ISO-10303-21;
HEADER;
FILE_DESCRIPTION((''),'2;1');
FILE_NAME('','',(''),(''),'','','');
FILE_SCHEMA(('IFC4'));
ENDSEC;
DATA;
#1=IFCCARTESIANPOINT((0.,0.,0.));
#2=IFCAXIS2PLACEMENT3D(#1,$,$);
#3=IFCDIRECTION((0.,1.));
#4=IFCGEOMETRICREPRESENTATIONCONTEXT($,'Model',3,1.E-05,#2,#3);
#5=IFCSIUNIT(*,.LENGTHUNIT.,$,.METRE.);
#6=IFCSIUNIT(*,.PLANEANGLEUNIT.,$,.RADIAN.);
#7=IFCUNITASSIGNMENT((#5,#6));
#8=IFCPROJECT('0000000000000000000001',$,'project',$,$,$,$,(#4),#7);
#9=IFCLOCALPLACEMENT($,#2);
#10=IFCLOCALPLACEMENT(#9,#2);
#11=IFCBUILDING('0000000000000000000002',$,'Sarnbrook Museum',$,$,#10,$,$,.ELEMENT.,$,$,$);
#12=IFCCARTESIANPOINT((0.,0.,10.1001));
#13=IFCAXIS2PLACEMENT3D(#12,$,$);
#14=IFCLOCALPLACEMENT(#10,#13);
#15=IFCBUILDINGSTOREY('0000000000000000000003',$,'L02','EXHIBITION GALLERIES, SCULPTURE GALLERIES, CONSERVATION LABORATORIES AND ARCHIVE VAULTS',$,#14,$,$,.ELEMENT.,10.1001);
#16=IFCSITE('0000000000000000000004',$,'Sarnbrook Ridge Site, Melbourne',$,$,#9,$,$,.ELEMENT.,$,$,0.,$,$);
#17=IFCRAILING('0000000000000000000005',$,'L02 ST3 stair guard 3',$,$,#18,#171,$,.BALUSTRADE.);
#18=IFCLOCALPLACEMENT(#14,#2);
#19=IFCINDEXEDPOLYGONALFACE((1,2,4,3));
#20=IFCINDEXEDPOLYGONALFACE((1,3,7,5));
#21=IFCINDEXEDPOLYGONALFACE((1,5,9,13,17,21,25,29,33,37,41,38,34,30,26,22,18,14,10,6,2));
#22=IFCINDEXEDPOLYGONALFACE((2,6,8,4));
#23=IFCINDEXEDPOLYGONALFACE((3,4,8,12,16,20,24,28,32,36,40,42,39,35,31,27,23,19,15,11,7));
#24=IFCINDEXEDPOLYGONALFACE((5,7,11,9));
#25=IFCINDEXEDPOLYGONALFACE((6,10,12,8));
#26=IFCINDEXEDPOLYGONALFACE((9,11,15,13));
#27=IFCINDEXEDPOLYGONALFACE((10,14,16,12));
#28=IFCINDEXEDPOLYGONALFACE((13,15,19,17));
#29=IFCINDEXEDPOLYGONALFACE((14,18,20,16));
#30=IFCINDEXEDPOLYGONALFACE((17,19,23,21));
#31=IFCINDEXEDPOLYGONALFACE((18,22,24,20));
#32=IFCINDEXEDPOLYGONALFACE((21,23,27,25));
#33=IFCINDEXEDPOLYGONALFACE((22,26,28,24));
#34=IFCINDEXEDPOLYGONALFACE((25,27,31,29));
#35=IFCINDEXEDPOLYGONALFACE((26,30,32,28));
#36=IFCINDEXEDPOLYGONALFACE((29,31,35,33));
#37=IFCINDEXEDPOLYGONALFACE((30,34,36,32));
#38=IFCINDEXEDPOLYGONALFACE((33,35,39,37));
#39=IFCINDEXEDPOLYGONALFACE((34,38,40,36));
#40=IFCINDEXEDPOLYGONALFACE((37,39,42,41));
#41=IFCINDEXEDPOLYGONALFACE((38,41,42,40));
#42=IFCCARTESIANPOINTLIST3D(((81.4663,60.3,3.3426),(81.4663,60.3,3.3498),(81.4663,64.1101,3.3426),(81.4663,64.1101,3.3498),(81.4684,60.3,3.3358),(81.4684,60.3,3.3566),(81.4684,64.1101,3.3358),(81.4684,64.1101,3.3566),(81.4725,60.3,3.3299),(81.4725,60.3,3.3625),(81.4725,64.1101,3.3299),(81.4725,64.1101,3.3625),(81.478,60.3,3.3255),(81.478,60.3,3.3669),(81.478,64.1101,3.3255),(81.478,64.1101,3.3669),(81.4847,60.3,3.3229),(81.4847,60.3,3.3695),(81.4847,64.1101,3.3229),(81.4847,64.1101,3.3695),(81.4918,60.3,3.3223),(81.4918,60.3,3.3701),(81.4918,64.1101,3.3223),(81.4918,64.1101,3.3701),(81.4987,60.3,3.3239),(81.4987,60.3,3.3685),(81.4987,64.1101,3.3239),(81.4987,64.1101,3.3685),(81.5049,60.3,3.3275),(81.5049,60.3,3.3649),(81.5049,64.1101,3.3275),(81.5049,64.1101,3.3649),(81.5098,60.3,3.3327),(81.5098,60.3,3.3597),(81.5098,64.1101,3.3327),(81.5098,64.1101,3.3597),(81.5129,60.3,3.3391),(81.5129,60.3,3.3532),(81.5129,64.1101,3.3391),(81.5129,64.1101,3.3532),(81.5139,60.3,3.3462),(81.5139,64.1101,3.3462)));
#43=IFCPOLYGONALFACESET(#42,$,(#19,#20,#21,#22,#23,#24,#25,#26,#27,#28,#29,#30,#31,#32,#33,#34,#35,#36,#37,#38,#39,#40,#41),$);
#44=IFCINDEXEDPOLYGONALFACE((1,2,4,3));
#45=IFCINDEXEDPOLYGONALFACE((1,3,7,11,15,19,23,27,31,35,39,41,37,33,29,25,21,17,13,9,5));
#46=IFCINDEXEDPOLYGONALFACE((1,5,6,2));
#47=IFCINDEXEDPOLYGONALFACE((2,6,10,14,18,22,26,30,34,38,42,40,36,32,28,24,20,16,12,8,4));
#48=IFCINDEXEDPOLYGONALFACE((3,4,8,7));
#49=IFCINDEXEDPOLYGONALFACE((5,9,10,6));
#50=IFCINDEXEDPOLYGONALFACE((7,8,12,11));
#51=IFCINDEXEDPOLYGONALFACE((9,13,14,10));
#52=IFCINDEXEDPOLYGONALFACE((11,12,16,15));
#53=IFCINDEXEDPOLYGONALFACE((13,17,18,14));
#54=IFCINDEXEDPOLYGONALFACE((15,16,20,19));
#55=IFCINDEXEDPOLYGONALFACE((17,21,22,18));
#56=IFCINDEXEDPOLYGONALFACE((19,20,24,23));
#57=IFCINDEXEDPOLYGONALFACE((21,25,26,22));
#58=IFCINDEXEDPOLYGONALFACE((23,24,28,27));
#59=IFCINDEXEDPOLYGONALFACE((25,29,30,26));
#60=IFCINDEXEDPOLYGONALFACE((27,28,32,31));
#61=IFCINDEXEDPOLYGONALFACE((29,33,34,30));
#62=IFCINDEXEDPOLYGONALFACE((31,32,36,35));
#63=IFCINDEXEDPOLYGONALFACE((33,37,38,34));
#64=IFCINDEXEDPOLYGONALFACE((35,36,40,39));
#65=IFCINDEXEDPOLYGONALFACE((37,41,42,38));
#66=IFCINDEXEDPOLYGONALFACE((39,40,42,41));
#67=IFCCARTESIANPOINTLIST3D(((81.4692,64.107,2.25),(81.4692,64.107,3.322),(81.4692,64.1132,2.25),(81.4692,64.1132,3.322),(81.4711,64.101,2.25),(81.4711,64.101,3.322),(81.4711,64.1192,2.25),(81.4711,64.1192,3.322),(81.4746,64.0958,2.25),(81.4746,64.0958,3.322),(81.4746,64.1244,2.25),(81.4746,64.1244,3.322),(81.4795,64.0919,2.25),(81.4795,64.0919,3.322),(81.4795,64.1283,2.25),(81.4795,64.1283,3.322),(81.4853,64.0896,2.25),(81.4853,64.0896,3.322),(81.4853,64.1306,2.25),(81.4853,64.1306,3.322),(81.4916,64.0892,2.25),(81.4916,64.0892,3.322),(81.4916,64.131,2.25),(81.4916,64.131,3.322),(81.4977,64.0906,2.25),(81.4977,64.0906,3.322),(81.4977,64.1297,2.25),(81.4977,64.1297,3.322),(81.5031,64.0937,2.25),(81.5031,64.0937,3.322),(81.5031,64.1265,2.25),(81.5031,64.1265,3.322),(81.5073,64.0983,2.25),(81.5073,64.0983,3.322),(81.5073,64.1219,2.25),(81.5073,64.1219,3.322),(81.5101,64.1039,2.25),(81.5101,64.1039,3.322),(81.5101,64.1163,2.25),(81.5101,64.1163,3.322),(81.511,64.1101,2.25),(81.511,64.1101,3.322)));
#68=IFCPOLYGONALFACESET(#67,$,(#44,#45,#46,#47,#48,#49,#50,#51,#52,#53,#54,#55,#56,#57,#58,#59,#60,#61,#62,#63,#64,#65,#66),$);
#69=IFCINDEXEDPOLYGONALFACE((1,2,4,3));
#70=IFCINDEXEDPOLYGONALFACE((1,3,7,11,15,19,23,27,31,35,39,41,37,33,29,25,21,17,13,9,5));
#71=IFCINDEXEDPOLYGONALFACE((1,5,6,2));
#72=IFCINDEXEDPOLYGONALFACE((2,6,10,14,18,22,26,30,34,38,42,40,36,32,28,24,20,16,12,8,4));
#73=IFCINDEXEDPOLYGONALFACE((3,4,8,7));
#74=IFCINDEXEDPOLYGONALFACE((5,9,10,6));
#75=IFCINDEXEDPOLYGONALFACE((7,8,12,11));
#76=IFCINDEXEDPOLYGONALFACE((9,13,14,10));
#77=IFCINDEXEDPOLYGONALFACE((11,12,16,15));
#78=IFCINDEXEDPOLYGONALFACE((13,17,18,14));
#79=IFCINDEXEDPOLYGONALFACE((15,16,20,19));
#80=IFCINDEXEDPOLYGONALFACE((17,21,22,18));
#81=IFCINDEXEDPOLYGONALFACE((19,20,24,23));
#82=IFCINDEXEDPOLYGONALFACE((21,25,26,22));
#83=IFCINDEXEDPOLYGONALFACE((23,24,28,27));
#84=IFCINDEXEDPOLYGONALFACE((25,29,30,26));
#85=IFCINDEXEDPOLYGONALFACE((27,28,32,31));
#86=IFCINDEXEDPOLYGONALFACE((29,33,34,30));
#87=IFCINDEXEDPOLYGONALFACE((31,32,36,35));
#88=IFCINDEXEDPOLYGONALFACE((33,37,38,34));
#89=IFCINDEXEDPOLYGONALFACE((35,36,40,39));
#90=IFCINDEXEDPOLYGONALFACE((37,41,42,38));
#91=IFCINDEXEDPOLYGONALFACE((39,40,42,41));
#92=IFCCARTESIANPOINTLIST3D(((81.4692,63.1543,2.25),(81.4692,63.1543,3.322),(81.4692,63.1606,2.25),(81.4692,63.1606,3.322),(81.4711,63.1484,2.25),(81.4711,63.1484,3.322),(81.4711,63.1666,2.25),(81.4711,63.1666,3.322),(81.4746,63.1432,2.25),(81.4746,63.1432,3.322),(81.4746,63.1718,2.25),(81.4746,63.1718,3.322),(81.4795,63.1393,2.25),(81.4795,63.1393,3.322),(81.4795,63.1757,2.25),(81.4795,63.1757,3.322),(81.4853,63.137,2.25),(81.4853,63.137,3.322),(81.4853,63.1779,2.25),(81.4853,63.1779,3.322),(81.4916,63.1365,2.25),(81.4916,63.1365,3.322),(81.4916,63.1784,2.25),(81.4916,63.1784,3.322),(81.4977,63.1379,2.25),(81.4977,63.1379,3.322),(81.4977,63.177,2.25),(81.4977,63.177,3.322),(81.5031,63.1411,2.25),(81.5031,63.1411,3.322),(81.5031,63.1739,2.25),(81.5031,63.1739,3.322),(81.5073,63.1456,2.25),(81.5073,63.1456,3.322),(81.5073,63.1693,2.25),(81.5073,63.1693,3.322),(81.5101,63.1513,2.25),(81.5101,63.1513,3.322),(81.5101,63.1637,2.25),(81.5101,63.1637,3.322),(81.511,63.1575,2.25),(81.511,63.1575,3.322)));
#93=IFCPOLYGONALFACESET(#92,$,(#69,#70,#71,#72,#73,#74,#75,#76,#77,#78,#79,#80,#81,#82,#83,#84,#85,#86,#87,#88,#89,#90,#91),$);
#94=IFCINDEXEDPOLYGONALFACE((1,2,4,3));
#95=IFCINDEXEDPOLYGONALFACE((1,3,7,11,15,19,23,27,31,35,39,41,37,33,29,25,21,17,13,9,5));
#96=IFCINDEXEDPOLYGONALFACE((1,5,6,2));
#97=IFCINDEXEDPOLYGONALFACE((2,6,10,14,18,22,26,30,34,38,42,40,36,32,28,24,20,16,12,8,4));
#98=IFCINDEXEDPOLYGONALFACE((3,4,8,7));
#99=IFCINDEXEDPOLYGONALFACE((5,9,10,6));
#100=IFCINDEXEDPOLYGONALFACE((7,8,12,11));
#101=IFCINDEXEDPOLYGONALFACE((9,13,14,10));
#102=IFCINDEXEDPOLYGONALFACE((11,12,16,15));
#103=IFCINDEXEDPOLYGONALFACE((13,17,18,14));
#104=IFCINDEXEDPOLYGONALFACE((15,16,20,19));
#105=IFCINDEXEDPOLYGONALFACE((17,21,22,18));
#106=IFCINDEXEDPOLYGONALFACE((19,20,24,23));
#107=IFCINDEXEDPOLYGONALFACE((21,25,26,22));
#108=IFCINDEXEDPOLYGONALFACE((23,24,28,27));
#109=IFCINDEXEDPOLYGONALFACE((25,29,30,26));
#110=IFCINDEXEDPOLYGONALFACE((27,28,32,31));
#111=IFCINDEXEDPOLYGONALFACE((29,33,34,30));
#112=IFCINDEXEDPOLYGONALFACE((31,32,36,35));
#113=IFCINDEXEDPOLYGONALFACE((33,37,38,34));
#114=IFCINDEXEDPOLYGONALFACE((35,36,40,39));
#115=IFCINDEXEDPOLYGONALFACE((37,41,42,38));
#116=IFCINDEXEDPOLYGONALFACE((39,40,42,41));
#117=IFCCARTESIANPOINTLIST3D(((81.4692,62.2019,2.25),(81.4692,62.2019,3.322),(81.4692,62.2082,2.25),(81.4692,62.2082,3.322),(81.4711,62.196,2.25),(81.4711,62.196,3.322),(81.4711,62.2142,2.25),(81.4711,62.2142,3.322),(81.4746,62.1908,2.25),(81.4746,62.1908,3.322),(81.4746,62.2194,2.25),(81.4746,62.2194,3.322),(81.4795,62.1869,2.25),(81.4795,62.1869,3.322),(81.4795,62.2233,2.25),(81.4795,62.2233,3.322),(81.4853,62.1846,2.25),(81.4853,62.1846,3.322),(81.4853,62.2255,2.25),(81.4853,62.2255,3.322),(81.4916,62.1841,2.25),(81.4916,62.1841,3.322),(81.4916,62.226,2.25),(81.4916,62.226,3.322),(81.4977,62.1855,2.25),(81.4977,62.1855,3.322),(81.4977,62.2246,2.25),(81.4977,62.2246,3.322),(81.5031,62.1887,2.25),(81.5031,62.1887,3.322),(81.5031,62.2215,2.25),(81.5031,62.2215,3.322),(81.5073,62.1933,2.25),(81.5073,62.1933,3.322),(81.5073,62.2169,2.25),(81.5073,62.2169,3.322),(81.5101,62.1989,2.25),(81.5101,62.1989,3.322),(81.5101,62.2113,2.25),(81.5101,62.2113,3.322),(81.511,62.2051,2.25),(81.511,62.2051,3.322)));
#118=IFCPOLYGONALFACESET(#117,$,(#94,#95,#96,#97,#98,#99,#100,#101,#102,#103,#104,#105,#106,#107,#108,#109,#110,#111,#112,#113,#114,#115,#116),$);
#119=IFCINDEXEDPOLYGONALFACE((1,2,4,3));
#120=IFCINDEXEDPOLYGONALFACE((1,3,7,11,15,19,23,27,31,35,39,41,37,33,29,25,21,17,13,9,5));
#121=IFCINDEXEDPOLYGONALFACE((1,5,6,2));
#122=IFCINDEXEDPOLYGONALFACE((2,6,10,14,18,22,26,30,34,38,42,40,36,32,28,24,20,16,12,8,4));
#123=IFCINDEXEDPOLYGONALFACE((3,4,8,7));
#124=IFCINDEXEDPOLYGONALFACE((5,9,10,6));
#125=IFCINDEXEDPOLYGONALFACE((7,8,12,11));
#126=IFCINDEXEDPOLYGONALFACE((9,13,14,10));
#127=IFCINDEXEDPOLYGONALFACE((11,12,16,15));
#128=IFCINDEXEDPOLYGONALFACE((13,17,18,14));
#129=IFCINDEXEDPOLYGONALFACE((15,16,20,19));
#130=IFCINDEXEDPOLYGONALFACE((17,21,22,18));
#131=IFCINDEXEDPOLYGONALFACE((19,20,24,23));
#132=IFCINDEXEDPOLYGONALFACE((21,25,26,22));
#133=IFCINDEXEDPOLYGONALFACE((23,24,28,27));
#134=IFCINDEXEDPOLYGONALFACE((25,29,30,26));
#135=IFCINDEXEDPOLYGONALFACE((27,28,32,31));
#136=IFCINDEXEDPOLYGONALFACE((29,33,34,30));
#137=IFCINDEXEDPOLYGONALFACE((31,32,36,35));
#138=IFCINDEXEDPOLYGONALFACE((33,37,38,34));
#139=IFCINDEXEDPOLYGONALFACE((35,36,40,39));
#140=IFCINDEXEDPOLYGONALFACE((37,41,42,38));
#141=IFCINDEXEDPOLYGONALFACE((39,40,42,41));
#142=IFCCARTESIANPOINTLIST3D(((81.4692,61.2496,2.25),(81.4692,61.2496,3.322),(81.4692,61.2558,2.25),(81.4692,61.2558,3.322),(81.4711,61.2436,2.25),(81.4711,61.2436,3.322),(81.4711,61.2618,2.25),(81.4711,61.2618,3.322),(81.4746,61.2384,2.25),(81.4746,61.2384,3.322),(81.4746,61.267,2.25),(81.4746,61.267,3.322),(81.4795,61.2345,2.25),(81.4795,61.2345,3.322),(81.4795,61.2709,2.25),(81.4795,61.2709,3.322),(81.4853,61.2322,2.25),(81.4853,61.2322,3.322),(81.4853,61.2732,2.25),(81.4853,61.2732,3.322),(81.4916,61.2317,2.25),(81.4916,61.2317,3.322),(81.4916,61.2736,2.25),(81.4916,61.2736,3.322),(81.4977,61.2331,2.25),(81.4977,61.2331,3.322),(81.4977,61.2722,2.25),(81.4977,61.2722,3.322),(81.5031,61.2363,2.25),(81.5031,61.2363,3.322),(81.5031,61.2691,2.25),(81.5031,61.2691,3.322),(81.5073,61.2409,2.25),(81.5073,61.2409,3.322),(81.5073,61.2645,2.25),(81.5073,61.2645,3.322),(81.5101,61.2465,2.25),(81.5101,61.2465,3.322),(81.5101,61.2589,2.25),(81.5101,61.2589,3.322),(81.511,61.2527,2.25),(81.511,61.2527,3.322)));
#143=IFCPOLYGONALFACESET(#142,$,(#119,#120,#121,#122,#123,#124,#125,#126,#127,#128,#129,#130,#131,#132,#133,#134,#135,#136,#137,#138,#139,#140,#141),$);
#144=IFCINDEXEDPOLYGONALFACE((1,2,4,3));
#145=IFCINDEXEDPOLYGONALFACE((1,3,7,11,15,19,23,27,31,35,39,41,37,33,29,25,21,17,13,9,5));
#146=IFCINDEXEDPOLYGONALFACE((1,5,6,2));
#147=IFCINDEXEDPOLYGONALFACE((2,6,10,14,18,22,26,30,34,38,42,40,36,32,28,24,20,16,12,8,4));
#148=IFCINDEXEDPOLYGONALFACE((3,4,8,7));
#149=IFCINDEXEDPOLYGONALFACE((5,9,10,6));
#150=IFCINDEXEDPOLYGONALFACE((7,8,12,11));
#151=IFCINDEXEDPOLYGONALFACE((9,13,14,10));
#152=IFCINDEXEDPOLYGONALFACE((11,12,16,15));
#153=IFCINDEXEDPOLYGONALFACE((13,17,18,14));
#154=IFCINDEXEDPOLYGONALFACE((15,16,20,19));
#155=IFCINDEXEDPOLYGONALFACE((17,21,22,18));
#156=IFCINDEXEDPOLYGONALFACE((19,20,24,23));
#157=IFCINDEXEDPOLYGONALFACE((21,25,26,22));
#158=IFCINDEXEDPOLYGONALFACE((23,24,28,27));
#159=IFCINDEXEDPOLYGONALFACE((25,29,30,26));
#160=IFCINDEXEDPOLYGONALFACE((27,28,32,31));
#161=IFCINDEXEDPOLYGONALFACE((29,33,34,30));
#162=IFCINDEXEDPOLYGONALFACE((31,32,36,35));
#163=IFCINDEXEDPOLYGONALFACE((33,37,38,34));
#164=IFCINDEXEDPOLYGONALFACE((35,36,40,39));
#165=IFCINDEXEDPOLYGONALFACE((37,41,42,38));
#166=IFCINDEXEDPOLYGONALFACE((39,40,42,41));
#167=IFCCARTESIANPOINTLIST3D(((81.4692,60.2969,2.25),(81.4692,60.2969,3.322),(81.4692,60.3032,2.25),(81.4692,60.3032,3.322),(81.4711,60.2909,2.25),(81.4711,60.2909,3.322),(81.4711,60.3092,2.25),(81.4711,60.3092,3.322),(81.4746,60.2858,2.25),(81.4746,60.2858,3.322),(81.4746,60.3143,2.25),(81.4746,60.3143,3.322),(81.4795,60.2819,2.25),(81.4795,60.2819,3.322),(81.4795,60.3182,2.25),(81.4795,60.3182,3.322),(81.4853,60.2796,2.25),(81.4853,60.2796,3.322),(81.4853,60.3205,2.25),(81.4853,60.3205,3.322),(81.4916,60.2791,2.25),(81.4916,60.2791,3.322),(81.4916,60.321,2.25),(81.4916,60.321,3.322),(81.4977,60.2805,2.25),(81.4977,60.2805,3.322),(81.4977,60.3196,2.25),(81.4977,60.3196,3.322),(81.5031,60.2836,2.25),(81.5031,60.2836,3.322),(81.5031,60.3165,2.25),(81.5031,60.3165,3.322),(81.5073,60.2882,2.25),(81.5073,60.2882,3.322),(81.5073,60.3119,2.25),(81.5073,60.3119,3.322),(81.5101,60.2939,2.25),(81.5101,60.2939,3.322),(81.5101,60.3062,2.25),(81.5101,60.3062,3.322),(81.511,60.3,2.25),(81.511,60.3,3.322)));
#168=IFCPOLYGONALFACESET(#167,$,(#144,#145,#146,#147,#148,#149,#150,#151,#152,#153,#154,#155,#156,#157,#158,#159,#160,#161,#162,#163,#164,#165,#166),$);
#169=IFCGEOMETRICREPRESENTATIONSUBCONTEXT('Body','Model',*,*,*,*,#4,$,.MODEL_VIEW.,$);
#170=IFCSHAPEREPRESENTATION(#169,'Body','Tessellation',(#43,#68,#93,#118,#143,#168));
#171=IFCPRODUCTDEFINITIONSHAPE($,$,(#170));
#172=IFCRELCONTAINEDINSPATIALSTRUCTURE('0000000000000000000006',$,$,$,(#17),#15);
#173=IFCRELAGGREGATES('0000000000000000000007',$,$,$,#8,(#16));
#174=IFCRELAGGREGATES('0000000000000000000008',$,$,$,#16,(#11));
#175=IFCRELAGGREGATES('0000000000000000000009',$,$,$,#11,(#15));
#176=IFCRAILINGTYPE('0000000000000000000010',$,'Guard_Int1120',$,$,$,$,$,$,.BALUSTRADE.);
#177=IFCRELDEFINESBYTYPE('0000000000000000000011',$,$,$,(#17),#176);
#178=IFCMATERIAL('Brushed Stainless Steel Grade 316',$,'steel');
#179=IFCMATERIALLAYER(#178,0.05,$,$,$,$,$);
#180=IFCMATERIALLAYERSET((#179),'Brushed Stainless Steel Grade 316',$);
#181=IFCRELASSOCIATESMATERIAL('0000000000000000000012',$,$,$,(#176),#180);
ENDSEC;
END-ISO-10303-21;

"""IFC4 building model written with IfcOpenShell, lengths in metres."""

from ifc_helpers import new_model, si_unit, direction, frame, origin, origin_2d, place, context, subcontext, project, spatial, circle, extrude, material, layer, layer_set, type_object, element, save


model = new_model("IFC4")

# Units and contexts
model_context = context("Model", 3, precision=1e-05, world=origin(), true_north=direction((0.0, 1.0)))
body_context = subcontext(model_context, "Body", "Model", "MODEL_VIEW")
ifc_project = project(units=[si_unit("LENGTHUNIT", "METRE"), si_unit("PLANEANGLEUNIT", "RADIAN")], contexts=[model_context])

# Site, building, storey
site_placement = place(None, origin())
site = spatial("IfcSite", under=ifc_project, at=site_placement, Name="Sarnbrook Ridge Site, Melbourne", CompositionType="ELEMENT", RefElevation=0.0)
building_placement = place(site_placement, origin())
building = spatial("IfcBuilding", under=site, at=building_placement, Name="Sarnbrook Museum", CompositionType="ELEMENT")
storey_placement = place(building_placement, frame((0.0, 0.0, 10.1001)))
storey = spatial("IfcBuildingStorey", under=building, at=storey_placement, Name="L02", Description="EXHIBITION GALLERIES, SCULPTURE GALLERIES, CONSERVATION LABORATORIES AND ARCHIVE VAULTS", CompositionType="ELEMENT", Elevation=10.1001)

# Shared definitions
ifc_material_1 = material(Name="Brushed Stainless Steel Grade 316", Category="steel")

# Railing
ifc_layer_1 = layer(ifc_material_1, 0.05)
ifc_layer_set_1 = layer_set([ifc_layer_1], Name="Brushed Stainless Steel Grade 316")
railing_type_1 = type_object("IfcRailingType", Name="Guard_Int1120", PredefinedType="BALUSTRADE", material=ifc_layer_set_1)
railing_1_placement = place(storey_placement, frame((81.49, 64.1101, 2.25)))
element("IfcRailing", 1, at=railing_1_placement, inside=storey, type_object=railing_type_1, Name="L02 ST3 stair guard 3", PredefinedType="BALUSTRADE", context=body_context, shape_type="SweptSolid", body=[
    extrude(circle(Radius=0.0239, at=origin_2d()), frame((0.0, 0.0, 1.0962), z_axis=(0.0, -1.0, 0.0), x_axis=(1.0, 0.0, 0.0)), (0.0, 0.0, 1.0), 3.8101),
    extrude(circle(Radius=0.021, at=origin_2d()), origin(), (0.0, 0.0, 1.0), 1.072),
    extrude(circle(Radius=0.021, at=origin_2d()), frame((0.0, -0.9526, 0.0)), (0.0, 0.0, 1.0), 1.072),
    extrude(circle(Radius=0.021, at=origin_2d()), frame((0.0, -1.905, 0.0)), (0.0, 0.0, 1.0), 1.072),
    extrude(circle(Radius=0.021, at=origin_2d()), frame((0.0, -2.8574, 0.0)), (0.0, 0.0, 1.0), 1.072),
    extrude(circle(Radius=0.021, at=origin_2d()), frame((0.0, -3.8101, 0.0)), (0.0, 0.0, 1.0), 1.072),
])

save(model, "model.ifc")
